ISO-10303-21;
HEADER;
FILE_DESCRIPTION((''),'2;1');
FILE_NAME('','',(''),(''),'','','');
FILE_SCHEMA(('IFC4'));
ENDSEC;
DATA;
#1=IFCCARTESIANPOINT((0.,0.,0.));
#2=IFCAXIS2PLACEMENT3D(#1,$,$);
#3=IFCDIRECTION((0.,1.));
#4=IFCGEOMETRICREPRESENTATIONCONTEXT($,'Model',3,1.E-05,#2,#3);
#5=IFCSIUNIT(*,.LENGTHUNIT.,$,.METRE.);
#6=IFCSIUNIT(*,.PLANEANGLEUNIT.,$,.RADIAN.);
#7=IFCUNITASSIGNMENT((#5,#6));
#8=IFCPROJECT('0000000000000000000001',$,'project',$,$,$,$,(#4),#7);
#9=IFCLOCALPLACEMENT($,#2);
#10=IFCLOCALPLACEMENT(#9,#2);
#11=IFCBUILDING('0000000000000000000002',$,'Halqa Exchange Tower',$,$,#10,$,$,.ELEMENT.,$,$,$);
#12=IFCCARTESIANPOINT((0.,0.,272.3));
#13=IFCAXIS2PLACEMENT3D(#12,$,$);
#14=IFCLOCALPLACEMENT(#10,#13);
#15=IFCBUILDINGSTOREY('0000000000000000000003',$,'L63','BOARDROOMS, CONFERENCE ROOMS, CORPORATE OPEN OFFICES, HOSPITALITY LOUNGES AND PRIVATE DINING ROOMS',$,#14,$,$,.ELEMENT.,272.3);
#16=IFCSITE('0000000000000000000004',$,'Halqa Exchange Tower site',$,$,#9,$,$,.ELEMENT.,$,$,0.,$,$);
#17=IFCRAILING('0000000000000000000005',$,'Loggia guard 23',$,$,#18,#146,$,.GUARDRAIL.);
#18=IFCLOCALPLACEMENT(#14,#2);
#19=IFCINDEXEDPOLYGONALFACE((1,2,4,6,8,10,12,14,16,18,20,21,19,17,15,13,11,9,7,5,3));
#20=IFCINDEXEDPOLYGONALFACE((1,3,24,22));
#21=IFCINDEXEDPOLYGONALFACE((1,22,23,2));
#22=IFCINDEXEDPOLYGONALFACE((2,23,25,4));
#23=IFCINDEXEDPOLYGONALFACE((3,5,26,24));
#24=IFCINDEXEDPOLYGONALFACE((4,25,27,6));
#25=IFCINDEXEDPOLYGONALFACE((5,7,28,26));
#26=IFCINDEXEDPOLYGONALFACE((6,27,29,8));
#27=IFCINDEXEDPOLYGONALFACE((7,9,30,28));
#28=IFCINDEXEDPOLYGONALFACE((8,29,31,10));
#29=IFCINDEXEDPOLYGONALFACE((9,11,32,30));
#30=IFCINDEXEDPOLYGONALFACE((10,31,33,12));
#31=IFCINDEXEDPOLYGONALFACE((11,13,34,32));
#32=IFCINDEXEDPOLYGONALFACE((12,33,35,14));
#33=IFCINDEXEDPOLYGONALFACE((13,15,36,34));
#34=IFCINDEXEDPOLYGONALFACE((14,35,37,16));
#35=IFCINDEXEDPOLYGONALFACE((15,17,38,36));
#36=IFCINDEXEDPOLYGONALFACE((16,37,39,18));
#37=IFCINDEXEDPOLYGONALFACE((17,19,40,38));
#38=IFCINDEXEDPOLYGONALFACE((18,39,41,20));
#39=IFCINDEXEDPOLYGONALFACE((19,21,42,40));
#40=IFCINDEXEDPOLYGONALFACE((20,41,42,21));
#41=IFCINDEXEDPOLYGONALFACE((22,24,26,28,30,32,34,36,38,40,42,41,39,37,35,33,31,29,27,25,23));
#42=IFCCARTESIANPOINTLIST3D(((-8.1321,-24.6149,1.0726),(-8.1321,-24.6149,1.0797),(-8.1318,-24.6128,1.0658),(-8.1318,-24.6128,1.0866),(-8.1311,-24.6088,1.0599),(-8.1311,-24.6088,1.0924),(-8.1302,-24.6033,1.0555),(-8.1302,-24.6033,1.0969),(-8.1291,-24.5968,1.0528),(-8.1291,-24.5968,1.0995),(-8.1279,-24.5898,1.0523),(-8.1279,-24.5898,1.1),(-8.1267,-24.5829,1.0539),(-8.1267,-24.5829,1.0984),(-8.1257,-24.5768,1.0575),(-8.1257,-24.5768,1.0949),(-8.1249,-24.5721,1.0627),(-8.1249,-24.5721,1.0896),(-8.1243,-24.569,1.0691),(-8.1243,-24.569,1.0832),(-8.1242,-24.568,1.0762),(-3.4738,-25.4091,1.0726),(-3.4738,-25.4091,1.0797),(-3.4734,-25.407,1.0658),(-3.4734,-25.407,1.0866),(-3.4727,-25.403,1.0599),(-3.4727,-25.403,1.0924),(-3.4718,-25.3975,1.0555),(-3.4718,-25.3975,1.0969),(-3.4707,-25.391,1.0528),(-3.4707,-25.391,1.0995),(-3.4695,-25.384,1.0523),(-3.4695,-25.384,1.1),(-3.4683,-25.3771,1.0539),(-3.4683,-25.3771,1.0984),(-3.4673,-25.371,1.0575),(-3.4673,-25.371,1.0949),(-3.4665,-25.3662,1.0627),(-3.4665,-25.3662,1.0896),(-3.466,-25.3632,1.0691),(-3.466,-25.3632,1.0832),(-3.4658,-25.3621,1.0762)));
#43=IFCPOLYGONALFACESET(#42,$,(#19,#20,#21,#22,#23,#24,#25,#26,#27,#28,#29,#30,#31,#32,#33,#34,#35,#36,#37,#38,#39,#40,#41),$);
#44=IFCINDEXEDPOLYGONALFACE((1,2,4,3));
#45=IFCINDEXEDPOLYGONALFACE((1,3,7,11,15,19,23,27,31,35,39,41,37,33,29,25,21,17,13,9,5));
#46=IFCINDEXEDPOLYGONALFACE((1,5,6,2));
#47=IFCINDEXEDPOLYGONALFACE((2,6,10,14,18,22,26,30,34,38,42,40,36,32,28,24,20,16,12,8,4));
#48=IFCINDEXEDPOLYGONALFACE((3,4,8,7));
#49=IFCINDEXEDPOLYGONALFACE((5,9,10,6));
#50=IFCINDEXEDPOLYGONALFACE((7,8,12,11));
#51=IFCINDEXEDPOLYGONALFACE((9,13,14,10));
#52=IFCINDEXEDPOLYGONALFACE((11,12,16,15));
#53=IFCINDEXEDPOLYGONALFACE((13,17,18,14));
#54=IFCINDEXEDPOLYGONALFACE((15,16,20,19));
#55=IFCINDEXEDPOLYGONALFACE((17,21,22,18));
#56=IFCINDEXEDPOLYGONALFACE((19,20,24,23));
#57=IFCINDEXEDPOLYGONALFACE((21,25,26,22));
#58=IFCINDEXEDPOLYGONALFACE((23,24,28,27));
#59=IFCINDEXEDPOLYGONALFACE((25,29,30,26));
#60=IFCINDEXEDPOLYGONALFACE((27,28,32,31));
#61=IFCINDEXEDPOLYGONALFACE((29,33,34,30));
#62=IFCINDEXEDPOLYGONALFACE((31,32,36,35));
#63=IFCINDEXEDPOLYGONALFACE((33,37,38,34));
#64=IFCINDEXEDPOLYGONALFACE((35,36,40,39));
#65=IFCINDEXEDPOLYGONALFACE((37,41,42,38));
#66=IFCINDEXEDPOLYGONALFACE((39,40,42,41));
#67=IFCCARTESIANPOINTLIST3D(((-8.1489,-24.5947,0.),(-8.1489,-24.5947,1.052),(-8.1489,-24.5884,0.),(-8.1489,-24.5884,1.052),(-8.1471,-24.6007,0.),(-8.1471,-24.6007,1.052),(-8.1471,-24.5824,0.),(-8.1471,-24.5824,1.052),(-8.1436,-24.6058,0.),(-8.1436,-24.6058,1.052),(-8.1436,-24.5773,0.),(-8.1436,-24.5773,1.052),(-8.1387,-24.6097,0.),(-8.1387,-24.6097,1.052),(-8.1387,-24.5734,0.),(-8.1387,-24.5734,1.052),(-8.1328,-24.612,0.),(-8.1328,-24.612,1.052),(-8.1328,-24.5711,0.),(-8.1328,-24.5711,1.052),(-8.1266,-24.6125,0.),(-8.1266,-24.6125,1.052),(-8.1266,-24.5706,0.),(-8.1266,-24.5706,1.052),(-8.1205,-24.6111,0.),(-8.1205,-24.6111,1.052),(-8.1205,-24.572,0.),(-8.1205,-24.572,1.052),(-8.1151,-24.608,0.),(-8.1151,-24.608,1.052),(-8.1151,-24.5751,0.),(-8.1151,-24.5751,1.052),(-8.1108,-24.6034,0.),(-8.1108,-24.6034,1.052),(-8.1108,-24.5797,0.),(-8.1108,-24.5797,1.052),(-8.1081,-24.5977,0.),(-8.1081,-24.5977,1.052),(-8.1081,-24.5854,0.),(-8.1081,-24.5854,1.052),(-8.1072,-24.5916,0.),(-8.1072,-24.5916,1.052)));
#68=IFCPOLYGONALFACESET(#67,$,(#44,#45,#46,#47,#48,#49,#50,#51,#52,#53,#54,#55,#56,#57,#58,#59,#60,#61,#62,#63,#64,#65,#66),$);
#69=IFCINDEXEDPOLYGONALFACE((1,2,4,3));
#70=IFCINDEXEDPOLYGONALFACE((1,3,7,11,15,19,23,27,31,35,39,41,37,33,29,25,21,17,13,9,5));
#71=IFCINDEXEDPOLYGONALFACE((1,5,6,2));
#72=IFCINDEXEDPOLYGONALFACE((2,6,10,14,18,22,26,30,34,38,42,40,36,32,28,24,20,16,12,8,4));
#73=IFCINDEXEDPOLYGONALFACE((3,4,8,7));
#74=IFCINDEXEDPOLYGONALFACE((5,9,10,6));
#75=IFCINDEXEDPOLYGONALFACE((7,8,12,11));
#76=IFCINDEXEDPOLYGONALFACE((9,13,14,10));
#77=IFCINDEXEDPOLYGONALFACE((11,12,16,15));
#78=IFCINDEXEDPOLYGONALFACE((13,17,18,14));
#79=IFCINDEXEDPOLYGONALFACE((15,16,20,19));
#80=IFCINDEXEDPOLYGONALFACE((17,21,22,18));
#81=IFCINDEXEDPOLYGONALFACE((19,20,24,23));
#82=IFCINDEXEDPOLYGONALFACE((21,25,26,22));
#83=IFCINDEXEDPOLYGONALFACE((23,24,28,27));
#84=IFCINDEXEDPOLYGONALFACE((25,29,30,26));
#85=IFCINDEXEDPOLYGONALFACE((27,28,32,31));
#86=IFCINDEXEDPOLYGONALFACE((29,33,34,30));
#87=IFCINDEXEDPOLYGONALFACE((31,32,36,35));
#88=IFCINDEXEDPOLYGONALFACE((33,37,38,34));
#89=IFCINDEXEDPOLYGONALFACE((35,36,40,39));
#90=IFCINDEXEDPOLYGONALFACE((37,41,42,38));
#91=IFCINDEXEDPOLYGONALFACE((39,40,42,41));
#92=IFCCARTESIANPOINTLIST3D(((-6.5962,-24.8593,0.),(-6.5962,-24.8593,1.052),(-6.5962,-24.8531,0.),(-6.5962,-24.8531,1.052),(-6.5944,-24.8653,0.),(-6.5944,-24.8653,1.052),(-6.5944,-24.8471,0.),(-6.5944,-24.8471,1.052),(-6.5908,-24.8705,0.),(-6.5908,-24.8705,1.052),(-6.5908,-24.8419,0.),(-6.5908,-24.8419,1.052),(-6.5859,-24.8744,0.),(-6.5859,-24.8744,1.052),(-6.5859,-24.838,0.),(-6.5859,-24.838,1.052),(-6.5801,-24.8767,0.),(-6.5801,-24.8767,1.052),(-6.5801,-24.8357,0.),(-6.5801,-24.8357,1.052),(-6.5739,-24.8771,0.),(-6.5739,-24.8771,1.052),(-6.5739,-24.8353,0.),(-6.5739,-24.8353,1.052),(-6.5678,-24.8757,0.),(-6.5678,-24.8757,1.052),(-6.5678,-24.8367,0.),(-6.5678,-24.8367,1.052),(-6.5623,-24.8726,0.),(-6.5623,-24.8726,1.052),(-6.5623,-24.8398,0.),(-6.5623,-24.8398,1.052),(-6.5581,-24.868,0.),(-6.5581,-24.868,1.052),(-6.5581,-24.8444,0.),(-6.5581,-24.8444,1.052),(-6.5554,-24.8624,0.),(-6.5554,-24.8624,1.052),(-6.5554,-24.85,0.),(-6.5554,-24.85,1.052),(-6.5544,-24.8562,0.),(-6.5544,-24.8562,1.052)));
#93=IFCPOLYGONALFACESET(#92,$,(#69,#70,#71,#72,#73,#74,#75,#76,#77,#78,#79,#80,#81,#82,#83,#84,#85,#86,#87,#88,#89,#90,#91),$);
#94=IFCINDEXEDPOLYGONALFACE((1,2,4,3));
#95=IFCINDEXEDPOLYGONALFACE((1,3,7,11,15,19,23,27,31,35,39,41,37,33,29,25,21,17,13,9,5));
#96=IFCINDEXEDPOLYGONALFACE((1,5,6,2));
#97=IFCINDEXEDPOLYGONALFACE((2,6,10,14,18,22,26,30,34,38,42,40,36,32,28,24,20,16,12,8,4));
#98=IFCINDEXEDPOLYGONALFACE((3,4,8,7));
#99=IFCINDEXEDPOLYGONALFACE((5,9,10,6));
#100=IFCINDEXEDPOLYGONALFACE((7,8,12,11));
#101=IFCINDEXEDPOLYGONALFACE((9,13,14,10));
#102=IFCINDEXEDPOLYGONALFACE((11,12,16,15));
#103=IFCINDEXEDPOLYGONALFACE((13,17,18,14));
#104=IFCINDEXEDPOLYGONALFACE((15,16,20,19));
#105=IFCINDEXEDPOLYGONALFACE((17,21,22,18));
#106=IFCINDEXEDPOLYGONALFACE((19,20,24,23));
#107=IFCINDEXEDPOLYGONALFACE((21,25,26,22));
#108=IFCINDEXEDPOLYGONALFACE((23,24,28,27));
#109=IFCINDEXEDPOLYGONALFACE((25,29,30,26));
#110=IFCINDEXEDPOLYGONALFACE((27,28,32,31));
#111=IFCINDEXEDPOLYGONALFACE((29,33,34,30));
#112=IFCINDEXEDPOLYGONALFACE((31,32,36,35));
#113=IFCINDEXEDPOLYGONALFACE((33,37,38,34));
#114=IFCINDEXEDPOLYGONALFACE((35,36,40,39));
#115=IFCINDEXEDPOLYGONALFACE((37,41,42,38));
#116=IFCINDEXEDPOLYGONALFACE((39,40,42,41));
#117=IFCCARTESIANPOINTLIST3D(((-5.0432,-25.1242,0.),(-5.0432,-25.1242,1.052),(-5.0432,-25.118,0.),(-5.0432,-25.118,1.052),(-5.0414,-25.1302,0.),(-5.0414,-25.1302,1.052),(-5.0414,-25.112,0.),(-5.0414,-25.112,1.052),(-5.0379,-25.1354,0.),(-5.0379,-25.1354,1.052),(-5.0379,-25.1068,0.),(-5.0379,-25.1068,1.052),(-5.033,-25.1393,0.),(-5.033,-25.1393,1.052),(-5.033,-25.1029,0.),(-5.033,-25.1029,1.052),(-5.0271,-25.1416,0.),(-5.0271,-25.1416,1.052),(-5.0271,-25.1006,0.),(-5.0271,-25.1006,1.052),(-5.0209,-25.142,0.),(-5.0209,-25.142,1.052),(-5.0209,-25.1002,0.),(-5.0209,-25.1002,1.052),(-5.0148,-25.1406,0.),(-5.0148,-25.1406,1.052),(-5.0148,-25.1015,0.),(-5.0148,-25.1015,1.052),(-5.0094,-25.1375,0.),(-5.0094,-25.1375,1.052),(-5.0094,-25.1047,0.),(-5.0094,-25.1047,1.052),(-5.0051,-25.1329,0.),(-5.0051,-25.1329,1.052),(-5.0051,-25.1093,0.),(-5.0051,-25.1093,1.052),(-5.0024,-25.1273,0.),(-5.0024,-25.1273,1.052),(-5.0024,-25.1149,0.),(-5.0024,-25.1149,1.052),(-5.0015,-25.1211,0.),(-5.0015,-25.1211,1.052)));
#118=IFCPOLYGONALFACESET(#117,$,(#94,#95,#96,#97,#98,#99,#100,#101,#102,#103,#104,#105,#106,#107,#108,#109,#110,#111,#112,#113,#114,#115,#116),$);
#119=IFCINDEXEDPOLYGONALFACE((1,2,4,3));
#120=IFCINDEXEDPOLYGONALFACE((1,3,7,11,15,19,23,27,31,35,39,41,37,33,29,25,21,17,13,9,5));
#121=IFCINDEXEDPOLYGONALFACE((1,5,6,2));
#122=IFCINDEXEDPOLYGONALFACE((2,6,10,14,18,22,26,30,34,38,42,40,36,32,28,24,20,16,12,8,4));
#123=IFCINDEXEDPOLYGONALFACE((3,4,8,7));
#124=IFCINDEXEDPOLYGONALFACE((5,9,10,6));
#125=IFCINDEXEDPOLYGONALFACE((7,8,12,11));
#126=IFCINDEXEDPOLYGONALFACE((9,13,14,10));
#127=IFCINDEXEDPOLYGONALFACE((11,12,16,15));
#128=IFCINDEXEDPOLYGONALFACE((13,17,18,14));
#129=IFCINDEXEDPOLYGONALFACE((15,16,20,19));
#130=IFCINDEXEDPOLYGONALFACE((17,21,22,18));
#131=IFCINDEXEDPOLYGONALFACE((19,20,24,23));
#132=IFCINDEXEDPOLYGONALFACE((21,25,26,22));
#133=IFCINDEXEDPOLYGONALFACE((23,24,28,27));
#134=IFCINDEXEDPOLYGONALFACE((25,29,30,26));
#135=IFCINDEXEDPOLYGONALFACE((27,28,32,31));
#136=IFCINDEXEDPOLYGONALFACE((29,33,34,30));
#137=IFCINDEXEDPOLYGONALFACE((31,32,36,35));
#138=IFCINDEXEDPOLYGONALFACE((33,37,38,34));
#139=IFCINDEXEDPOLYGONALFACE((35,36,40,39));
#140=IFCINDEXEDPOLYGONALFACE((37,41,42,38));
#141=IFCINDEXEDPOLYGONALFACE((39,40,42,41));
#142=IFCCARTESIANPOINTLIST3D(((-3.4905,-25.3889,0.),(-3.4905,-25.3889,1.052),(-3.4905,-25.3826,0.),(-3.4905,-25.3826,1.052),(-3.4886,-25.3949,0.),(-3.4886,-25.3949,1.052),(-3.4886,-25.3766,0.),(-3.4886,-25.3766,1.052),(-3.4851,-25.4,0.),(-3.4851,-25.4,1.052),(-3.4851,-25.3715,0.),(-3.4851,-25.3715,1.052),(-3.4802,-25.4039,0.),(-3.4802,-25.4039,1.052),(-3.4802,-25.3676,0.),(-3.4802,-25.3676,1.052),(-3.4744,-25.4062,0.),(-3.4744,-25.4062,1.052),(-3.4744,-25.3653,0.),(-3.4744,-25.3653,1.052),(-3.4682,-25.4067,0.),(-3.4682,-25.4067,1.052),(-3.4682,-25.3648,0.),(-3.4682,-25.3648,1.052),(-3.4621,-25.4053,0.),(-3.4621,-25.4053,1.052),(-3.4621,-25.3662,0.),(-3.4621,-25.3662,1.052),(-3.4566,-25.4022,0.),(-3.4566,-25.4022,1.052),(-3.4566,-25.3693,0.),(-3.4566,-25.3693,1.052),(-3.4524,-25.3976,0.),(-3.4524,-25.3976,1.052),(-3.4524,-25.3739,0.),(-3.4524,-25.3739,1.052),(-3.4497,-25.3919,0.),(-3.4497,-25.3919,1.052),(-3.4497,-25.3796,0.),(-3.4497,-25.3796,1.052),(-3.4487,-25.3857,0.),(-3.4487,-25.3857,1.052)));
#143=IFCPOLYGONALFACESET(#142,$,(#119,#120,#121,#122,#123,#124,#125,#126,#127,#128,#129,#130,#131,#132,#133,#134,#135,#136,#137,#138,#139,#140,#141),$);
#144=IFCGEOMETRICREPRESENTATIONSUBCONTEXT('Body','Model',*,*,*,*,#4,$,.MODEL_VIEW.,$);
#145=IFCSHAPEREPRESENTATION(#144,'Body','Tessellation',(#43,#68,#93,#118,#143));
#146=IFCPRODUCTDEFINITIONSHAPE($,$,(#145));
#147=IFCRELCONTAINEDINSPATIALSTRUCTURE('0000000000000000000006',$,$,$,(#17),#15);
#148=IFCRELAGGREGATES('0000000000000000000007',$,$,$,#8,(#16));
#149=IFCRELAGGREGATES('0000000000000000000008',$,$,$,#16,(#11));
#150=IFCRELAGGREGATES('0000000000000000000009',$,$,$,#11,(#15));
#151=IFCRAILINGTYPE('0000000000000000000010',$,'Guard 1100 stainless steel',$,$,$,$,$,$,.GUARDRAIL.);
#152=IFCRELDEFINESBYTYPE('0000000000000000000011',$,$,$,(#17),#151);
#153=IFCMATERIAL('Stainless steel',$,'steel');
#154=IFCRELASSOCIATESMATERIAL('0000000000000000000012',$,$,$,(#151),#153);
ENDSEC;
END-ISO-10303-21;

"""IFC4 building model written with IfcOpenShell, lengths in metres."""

from ifc_helpers import new_model, si_unit, direction, frame, origin, origin_2d, place, context, subcontext, project, spatial, circle, extrude, material, type_object, element, save


model = new_model("IFC4")

# Units and contexts
model_context = context("Model", 3, precision=1e-05, world=origin(), true_north=direction((0.0, 1.0)))
body_context = subcontext(model_context, "Body", "Model", "MODEL_VIEW")
ifc_project = project(units=[si_unit("LENGTHUNIT", "METRE"), si_unit("PLANEANGLEUNIT", "RADIAN")], contexts=[model_context])

# Site, building, storey
site_placement = place(None, origin())
site = spatial("IfcSite", under=ifc_project, at=site_placement, Name="Halqa Exchange Tower site", CompositionType="ELEMENT", RefElevation=0.0)
building_placement = place(site_placement, origin())
building = spatial("IfcBuilding", under=site, at=building_placement, Name="Halqa Exchange Tower", CompositionType="ELEMENT")
storey_placement = place(building_placement, frame((0.0, 0.0, 272.3)))
storey = spatial("IfcBuildingStorey", under=building, at=storey_placement, Name="L63", Description="BOARDROOMS, CONFERENCE ROOMS, CORPORATE OPEN OFFICES, HOSPITALITY LOUNGES AND PRIVATE DINING ROOMS", CompositionType="ELEMENT", Elevation=272.3)

# Railing
ifc_material_1 = material(Name="Stainless steel", Category="steel")
railing_type = type_object("IfcRailingType", Name="Guard 1100 stainless steel", PredefinedType="GUARDRAIL", material=ifc_material_1)
railing_1_placement = place(storey_placement, frame((-8.1282, -24.5916, 0.0)))
element("IfcRailing", 1, at=railing_1_placement, inside=storey, type_object=railing_type, Name="Loggia guard 23", PredefinedType="GUARDRAIL", context=body_context, shape_type="SweptSolid", body=[
    extrude(circle(Radius=0.0239, at=origin_2d()), frame((0.0, 0.0, 1.0762), z_axis=(0.985777, -0.168059, 0.0), x_axis=(0.168059, 0.985777, 0.0)), (0.0, 0.0, 1.0), 4.7256),
    extrude(circle(Radius=0.021, at=origin_2d()), origin(), (0.0, 0.0, 1.0), 1.052),
    extrude(circle(Radius=0.021, at=origin_2d()), frame((1.5527, -0.2646, 0.0)), (0.0, 0.0, 1.0), 1.052),
    extrude(circle(Radius=0.021, at=origin_2d()), frame((3.1057, -0.5295, 0.0)), (0.0, 0.0, 1.0), 1.052),
    extrude(circle(Radius=0.021, at=origin_2d()), frame((4.6584, -0.7942, 0.0)), (0.0, 0.0, 1.0), 1.052),
])

save(model, "model.ifc")
